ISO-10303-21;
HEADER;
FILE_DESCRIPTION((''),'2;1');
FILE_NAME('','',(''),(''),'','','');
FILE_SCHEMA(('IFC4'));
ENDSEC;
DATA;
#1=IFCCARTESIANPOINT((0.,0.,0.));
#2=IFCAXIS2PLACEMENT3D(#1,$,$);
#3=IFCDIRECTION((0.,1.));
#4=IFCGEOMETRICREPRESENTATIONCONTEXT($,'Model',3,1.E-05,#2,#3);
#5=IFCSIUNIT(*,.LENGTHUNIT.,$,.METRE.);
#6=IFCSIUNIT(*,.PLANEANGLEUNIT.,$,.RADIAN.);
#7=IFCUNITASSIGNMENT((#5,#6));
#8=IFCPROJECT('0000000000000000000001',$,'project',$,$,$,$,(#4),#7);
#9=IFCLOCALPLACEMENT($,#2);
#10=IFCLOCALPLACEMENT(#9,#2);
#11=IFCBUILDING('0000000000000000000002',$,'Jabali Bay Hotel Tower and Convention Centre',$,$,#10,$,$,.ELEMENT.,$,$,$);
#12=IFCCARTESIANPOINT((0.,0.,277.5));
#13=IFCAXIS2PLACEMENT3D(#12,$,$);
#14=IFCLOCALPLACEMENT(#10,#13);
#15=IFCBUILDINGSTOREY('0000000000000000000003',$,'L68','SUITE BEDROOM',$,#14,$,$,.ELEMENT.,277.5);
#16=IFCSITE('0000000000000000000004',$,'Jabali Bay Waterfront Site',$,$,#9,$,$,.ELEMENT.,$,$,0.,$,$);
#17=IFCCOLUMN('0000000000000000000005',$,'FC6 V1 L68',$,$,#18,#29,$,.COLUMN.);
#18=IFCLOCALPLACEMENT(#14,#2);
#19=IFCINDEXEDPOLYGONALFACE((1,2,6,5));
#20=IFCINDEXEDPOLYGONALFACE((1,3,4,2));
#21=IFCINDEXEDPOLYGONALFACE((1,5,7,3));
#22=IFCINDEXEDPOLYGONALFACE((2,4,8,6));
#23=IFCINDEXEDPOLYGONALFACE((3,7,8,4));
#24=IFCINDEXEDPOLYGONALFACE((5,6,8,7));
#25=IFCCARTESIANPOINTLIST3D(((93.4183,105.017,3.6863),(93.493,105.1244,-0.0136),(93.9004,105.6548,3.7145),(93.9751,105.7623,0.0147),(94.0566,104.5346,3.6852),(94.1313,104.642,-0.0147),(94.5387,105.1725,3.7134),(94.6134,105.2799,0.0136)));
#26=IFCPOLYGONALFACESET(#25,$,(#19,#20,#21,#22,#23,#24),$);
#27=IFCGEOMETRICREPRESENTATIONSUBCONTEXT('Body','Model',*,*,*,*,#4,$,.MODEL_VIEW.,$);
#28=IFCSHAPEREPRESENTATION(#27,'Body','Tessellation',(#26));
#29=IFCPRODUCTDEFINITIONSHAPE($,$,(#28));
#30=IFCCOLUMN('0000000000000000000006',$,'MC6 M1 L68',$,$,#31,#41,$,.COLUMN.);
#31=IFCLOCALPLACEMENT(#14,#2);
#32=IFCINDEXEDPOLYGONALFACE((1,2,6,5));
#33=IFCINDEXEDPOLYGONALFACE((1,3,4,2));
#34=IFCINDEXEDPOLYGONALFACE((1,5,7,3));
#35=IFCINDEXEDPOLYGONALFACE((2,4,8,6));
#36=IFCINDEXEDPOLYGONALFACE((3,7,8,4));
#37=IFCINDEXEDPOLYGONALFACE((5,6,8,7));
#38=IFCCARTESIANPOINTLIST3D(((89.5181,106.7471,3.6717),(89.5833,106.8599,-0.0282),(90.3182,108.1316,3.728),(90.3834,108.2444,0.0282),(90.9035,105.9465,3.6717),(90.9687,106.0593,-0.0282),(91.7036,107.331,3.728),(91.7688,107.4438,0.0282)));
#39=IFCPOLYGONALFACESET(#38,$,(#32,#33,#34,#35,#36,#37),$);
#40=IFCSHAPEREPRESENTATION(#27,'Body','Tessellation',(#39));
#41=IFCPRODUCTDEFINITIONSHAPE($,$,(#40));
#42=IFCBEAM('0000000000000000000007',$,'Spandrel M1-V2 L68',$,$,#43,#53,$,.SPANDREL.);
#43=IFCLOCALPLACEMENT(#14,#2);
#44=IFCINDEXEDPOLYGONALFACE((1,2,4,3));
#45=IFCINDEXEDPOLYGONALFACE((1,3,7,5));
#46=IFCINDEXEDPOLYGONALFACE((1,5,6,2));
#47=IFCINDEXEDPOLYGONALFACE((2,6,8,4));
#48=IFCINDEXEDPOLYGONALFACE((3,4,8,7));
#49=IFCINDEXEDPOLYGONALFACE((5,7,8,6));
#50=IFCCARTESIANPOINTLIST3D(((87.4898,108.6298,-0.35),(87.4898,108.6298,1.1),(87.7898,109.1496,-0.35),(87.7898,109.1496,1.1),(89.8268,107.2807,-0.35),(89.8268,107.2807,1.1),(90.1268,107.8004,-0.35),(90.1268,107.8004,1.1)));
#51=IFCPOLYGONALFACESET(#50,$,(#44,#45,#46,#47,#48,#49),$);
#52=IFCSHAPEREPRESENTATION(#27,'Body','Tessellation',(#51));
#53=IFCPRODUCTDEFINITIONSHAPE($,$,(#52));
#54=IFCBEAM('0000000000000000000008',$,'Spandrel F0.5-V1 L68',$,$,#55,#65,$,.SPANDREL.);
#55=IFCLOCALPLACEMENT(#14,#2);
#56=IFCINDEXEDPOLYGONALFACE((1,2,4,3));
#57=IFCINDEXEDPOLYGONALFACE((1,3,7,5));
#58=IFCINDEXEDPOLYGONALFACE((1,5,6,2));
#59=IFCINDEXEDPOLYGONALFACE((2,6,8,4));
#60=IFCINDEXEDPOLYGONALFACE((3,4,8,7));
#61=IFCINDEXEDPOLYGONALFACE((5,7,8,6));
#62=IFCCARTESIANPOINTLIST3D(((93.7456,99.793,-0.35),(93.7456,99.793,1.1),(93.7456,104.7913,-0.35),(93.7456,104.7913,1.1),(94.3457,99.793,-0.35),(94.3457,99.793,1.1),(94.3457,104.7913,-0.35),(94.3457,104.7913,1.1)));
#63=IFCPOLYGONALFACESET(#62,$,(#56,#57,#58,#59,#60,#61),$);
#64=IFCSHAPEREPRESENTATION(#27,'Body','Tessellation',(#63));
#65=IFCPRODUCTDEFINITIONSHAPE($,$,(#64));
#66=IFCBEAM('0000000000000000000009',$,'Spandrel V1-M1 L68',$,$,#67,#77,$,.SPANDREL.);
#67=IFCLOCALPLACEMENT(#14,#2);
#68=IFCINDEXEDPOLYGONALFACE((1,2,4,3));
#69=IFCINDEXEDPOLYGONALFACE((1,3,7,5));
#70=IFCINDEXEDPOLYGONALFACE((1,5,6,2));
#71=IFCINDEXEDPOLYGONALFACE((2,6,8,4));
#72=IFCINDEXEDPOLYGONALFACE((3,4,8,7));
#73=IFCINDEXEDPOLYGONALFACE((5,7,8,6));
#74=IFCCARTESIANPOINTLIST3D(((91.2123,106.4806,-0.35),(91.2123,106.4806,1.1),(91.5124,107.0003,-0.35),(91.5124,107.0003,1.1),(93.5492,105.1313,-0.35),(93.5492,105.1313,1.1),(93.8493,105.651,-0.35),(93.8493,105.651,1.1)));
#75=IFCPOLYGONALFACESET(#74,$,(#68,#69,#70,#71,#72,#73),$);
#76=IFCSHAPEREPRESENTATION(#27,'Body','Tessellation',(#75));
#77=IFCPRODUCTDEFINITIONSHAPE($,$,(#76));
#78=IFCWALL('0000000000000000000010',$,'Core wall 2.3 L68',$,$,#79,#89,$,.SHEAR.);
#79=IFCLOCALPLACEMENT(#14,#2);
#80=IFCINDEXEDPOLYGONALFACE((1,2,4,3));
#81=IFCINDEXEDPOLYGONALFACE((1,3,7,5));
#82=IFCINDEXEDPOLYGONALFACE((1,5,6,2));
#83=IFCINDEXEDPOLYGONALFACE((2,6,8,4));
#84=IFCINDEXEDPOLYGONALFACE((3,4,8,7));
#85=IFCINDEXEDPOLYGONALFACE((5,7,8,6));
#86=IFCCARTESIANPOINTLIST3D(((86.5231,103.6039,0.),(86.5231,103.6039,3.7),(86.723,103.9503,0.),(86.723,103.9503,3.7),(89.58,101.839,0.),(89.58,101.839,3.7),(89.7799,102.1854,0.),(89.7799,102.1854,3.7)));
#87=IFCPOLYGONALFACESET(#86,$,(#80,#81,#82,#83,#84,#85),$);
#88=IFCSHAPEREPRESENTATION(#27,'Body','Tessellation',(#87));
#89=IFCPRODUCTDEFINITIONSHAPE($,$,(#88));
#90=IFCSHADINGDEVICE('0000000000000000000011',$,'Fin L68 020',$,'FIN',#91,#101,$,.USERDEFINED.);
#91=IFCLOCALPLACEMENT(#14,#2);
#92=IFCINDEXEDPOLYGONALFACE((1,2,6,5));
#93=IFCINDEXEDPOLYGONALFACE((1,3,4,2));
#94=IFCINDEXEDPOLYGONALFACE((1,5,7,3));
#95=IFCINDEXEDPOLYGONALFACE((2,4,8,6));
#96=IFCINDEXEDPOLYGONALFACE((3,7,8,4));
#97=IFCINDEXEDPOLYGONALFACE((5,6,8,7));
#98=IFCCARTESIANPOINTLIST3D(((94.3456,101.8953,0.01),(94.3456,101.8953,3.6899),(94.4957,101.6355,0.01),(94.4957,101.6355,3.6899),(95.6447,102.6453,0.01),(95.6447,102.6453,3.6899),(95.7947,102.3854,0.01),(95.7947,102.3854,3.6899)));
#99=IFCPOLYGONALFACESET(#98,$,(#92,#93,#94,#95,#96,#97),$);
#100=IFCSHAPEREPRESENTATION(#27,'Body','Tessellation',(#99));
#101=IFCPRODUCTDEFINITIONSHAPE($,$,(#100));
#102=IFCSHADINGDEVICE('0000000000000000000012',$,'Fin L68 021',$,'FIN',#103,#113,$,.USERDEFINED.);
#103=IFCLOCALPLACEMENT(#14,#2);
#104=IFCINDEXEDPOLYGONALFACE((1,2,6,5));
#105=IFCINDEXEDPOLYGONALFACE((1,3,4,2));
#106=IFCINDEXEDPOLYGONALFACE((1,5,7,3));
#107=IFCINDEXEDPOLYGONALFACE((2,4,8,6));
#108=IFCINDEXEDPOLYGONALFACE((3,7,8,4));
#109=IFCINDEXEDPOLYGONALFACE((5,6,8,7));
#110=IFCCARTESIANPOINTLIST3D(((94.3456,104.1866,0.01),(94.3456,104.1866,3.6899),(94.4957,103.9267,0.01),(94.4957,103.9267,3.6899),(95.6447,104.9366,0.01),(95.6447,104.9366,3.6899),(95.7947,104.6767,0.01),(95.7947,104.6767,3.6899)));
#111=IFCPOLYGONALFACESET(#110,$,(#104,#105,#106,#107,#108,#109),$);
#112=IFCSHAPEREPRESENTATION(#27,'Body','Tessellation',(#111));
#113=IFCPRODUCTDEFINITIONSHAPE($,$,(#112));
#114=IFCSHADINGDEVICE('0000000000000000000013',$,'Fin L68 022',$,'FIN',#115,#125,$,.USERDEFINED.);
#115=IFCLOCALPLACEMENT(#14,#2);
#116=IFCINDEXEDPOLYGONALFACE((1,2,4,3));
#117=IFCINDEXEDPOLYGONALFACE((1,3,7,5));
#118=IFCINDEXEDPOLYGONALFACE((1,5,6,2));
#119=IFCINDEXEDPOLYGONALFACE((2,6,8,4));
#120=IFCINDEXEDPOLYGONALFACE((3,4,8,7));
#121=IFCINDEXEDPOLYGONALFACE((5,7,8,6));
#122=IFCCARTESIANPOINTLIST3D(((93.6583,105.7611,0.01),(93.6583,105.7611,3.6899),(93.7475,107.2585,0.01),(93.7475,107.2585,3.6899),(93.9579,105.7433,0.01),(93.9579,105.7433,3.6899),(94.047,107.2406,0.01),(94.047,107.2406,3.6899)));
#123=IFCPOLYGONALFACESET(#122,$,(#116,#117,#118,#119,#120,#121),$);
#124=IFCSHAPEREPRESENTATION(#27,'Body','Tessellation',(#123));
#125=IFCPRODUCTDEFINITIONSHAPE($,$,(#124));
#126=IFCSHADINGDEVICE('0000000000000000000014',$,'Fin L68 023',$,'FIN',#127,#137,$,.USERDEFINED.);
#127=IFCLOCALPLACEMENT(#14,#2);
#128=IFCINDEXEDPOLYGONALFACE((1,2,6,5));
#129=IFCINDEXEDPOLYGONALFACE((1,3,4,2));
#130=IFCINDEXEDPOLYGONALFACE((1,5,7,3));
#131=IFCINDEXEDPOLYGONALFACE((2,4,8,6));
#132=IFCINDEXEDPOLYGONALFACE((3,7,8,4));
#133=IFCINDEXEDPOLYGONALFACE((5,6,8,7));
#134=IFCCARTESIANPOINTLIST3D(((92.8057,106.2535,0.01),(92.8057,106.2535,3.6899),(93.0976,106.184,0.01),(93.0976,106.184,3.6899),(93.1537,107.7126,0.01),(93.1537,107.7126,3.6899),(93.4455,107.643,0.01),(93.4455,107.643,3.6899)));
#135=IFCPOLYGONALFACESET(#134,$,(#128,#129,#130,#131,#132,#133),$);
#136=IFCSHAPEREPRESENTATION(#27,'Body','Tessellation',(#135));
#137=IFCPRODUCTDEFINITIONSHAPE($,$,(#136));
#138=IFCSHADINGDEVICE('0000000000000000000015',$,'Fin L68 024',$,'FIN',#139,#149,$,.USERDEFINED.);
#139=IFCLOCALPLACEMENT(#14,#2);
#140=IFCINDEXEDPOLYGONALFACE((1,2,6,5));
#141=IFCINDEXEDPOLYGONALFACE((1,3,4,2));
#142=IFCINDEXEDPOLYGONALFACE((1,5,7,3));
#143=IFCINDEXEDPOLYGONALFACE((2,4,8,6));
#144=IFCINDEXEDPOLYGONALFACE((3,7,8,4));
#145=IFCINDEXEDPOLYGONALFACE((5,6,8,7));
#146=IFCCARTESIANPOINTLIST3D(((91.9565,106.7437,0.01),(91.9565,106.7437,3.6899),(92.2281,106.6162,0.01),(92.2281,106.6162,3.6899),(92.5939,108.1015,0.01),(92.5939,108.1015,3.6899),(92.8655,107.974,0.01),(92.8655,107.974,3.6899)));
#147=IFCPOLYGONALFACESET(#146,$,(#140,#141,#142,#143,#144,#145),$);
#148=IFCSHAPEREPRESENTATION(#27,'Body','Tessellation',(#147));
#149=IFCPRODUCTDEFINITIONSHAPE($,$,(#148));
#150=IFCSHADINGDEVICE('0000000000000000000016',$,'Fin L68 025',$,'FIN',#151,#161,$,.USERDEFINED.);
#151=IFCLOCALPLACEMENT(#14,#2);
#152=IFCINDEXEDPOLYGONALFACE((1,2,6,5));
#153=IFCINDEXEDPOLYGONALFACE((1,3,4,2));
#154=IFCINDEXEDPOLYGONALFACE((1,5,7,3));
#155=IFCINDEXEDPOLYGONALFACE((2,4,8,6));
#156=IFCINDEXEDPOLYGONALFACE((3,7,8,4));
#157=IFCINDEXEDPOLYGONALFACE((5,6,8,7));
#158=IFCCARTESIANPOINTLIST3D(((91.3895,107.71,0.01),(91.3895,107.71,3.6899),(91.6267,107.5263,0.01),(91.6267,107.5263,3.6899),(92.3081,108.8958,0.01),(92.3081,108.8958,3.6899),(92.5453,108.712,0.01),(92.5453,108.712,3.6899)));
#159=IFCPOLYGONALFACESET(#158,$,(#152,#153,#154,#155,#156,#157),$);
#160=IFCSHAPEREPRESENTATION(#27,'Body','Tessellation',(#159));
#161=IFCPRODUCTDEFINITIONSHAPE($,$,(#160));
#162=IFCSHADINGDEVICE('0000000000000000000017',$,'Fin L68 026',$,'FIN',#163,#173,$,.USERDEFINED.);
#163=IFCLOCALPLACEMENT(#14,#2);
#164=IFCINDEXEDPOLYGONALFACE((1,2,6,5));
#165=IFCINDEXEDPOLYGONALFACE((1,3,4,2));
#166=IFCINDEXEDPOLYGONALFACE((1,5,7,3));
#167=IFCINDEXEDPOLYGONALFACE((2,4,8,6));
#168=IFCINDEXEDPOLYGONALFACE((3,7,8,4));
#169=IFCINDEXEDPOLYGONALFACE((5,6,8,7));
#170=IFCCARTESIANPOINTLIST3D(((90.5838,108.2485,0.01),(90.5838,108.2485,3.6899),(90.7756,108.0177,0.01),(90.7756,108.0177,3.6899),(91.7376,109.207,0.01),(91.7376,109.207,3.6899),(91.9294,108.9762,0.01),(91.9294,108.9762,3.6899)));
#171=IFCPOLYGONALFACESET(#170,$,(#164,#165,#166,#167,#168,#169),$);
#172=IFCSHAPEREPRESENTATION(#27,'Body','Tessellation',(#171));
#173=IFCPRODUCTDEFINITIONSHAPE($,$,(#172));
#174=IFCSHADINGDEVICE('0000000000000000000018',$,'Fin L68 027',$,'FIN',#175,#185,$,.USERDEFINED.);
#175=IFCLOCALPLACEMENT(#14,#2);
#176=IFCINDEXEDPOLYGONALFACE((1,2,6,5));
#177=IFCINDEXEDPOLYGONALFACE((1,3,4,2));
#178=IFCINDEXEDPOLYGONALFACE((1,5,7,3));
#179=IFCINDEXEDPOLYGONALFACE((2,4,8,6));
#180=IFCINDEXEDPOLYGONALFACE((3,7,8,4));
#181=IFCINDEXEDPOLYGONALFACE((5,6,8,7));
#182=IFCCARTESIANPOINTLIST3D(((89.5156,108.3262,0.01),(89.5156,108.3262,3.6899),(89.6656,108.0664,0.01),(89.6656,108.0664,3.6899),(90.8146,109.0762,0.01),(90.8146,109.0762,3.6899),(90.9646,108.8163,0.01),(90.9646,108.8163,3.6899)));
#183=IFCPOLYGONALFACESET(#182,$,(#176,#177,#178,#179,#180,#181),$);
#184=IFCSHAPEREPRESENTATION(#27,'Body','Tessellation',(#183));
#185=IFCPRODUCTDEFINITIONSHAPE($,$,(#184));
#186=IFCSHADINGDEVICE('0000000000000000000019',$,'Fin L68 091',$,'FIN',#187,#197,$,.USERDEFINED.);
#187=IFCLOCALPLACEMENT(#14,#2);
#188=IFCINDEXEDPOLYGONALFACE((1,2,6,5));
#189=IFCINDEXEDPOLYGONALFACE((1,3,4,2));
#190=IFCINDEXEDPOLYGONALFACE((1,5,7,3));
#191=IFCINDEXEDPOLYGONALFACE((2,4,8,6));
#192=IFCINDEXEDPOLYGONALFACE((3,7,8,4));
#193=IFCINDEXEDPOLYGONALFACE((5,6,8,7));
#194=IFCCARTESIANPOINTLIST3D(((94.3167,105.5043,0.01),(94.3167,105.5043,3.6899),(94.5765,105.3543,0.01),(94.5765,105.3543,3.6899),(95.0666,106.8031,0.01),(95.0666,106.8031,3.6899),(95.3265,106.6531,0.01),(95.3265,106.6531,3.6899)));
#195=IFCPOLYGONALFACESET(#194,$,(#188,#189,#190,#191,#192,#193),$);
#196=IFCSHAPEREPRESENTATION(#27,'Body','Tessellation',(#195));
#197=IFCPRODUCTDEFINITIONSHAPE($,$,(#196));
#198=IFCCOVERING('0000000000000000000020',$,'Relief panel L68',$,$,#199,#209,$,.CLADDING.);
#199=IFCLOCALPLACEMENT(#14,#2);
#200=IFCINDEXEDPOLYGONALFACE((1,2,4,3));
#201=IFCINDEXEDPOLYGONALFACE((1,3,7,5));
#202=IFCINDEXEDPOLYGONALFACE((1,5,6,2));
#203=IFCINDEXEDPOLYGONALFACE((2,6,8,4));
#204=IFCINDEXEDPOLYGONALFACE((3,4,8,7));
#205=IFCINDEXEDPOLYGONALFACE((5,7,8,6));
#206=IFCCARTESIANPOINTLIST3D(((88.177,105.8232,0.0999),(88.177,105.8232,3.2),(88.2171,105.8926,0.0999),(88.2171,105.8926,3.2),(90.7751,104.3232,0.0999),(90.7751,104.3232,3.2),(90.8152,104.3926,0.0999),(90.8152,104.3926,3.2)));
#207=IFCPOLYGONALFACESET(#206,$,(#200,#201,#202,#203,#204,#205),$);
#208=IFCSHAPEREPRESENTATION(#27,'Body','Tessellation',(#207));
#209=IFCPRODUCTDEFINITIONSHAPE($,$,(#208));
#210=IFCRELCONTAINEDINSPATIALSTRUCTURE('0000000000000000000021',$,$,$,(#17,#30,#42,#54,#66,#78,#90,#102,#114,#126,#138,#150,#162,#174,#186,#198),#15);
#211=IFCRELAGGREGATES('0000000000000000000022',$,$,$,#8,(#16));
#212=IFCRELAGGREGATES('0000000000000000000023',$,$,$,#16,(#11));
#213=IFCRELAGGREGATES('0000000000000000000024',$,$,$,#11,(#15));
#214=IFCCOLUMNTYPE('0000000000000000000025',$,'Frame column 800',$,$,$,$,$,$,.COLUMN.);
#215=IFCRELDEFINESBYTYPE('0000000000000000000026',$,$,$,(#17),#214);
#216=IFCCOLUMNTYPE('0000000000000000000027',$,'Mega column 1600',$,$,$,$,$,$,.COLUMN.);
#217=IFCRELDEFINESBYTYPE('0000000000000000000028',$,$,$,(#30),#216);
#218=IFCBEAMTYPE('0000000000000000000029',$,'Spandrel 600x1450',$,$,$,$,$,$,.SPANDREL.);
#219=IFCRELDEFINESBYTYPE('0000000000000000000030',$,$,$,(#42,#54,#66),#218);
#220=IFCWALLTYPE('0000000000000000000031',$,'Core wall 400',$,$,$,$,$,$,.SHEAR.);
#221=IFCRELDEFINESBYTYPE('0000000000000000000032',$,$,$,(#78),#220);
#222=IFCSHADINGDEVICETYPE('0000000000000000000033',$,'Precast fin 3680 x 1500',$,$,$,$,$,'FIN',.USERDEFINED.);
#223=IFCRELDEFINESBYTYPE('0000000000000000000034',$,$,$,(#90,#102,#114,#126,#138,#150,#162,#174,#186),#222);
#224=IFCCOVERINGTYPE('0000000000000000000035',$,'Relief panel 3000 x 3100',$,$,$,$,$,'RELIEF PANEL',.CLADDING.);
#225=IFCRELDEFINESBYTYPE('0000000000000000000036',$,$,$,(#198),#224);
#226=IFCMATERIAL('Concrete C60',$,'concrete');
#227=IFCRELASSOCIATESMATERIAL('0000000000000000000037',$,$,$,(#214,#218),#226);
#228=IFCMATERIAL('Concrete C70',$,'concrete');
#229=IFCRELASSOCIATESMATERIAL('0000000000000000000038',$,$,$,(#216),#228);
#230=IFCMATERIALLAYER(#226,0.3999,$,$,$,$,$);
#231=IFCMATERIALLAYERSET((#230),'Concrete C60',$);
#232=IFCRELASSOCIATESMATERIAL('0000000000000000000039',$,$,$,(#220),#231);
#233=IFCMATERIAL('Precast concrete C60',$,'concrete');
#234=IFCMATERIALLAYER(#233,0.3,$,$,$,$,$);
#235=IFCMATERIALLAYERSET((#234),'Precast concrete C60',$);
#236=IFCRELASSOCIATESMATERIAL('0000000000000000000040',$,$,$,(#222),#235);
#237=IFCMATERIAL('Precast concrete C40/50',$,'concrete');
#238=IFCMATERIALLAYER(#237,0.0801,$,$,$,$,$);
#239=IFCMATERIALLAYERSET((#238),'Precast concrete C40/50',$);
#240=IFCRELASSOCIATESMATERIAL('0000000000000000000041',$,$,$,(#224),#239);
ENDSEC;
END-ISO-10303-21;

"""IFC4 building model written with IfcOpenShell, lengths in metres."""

from ifc_helpers import new_model, si_unit, direction, frame, frame_2d, origin, origin_2d, place, context, subcontext, project, spatial, rectangle, extrude, material, layer, layer_set, material_profile, profile_set, type_object, element, save


model = new_model("IFC4")

# Units and contexts
model_context = context("Model", 3, precision=1e-05, world=origin(), true_north=direction((0.0, 1.0)))
body_context = subcontext(model_context, "Body", "Model", "MODEL_VIEW")
ifc_project = project(units=[si_unit("LENGTHUNIT", "METRE"), si_unit("PLANEANGLEUNIT", "RADIAN")], contexts=[model_context])

# Site, building, storey
site_placement = place(None, origin())
site = spatial("IfcSite", under=ifc_project, at=site_placement, Name="Jabali Bay Waterfront Site", CompositionType="ELEMENT", RefElevation=0.0)
building_placement = place(site_placement, origin())
building = spatial("IfcBuilding", under=site, at=building_placement, Name="Jabali Bay Hotel Tower and Convention Centre", CompositionType="ELEMENT")
storey_placement = place(building_placement, frame((0.0, 0.0, 277.5)))
storey = spatial("IfcBuildingStorey", under=building, at=storey_placement, Name="L68", Description="SUITE BEDROOM", CompositionType="ELEMENT", Elevation=277.5)

# Columns
ifc_material_1 = material(Name="Concrete C60", Category="concrete")
ifc_material_profile_1 = material_profile(ifc_material_1, rectangle(XDim=0.8, YDim=0.8, at=origin_2d()), Name="Frame column 800")
ifc_profile_set_1 = profile_set([ifc_material_profile_1], Name="Concrete C60")
column_type_1 = type_object("IfcColumnType", Name="Frame column 800", PredefinedType="COLUMN", material=ifc_profile_set_1)
column_1_placement = place(storey_placement, frame((94.0532, 105.2021, 0.0), z_axis=(-0.020179, -0.029015, 0.999375), x_axis=(0.60258, 0.797277, 0.035314)))
element("IfcColumn", 1, at=column_1_placement, inside=storey, type_object=column_type_1, Name="FC6 V1 L68", PredefinedType="COLUMN", context=body_context, shape_type="SweptSolid", body=[
    extrude(rectangle(XDim=0.8, YDim=0.8, at=origin_2d()), origin(), (0.0, 0.0, 1.0), 3.7021),
])
ifc_material_2 = material(Name="Concrete C70", Category="concrete")
ifc_material_profile_2 = material_profile(ifc_material_2, rectangle(XDim=1.6001, YDim=1.6001, at=origin_2d()), Name="Mega column 1600")
ifc_profile_set_2 = profile_set([ifc_material_profile_2], Name="Concrete C70")
column_type_2 = type_object("IfcColumnType", Name="Mega column 1600", PredefinedType="COLUMN", material=ifc_profile_set_2)
column_2_placement = place(storey_placement, frame((90.676, 107.1519, 0.0), z_axis=(-0.017607, -0.030466, 0.999381), x_axis=(0.865814, -0.500365, 0.0)))
element("IfcColumn", 2, at=column_2_placement, inside=storey, type_object=column_type_2, Name="MC6 M1 L68", PredefinedType="COLUMN", context=body_context, shape_type="SweptSolid", body=[
    extrude(rectangle(XDim=1.6001, YDim=1.6001, at=origin_2d()), origin(), (0.0, 0.0, 1.0), 3.7021),
])

# Beams
ifc_material_profile_3 = material_profile(ifc_material_1, rectangle(XDim=0.6001, YDim=1.45, at=origin_2d()), Name="Spandrel 600x1450")
ifc_profile_set_3 = profile_set([ifc_material_profile_3], Name="Concrete C60")
beam_type = type_object("IfcBeamType", Name="Spandrel 600x1450", PredefinedType="SPANDREL", material=ifc_profile_set_3)
beam_1_placement = place(storey_placement, frame((89.9768, 107.5405, 0.375), z_axis=(-0.866041, 0.499973, 0.0), x_axis=(-0.499973, -0.866041, 0.0)))
element("IfcBeam", 3, at=beam_1_placement, inside=storey, type_object=beam_type, Name="Spandrel M1-V2 L68", PredefinedType="SPANDREL", context=body_context, shape_type="SweptSolid", body=[
    extrude(rectangle(XDim=0.6001, YDim=1.45, at=origin_2d()), origin(), (0.0, 0.0, 1.0), 2.6985),
])
beam_2_placement = place(storey_placement, frame((94.0457, 99.793, 0.375), z_axis=(0.0, 1.0, 0.0), x_axis=(-1.0, 0.0, 0.0)))
element("IfcBeam", 4, at=beam_2_placement, inside=storey, type_object=beam_type, Name="Spandrel F0.5-V1 L68", PredefinedType="SPANDREL", context=body_context, shape_type="SweptSolid", body=[
    extrude(rectangle(XDim=0.6001, YDim=1.45, at=origin_2d()), origin(), (0.0, 0.0, 1.0), 4.9983),
])
beam_3_placement = place(storey_placement, frame((93.6992, 105.3911, 0.375), z_axis=(-0.866002, 0.500041, 0.0), x_axis=(-0.500041, -0.866002, 0.0)))
element("IfcBeam", 5, at=beam_3_placement, inside=storey, type_object=beam_type, Name="Spandrel V1-M1 L68", PredefinedType="SPANDREL", context=body_context, shape_type="SweptSolid", body=[
    extrude(rectangle(XDim=0.6001, YDim=1.45, at=origin_2d()), origin(), (0.0, 0.0, 1.0), 2.6985),
])

# Wall
ifc_layer_1 = layer(ifc_material_1, 0.3999)
ifc_layer_set_1 = layer_set([ifc_layer_1], Name="Concrete C60")
wall_type_1 = type_object("IfcWallType", Name="Core wall 400", PredefinedType="SHEAR", material=ifc_layer_set_1)
wall_1_placement = place(storey_placement, frame((89.6799, 102.0122, 0.0), z_axis=(0.0, 0.0, 1.0), x_axis=(-0.866025, 0.5, 0.0)))
element("IfcWall", 6, at=wall_1_placement, inside=storey, type_object=wall_type_1, Name="Core wall 2.3 L68", PredefinedType="SHEAR", context=body_context, shape_type="SweptSolid", body=[
    extrude(rectangle(XDim=3.5298, YDim=0.3999, at=frame_2d((1.7649, 0.0))), origin(), (0.0, 0.0, 1.0), 3.7),
])

# Shading devices
ifc_material_3 = material(Name="Precast concrete C60", Category="concrete")
ifc_layer_2 = layer(ifc_material_3, 0.3)
ifc_layer_set_2 = layer_set([ifc_layer_2], Name="Precast concrete C60")
shading_device_type = type_object("IfcShadingDeviceType", Name="Precast fin 3680 x 1500", ElementType="FIN", PredefinedType="USERDEFINED", material=ifc_layer_set_2)
for number, where, z_axis, x_axis, name in (
    (7, (94.4207, 101.7654, 0.01), (0.0, 0.0, 1.0), (0.866031, 0.49999, 0.0), "Fin L68 020"),
    (8, (94.4207, 104.0566, 0.01), (0.0, 0.0, 1.0), (0.866031, 0.49999, 0.0), "Fin L68 021"),
    (9, (93.8081, 105.7522, 0.01), (0.0, 0.0, 1.0), (0.059409, 0.998234, 0.0), "Fin L68 022"),
    (10, (92.9517, 106.2188, 0.01), (0.0, 0.0, 1.0), (0.231951, 0.972728, 0.0), "Fin L68 023"),
    (11, (92.0923, 106.6799, 0.01), (0.0, 0.0, 1.0), (0.424943, 0.90522, 0.0), "Fin L68 024"),
    (12, (91.5081, 107.6182, 0.01), (0.0, 0.0, 1.0), (0.612452, 0.790508, 0.0), "Fin L68 025"),
    (13, (90.6797, 108.1331, 0.01), (0.0, 0.0, 1.0), (0.769208, 0.638999, 0.0), "Fin L68 026"),
    (14, (89.5906, 108.1963, 0.01), (0.0, 0.0, 1.0), (0.866031, 0.49999, 0.0), "Fin L68 027"),
):
    element("IfcShadingDevice", number, at=place(storey_placement, frame(where, z_axis=z_axis, x_axis=x_axis)), inside=storey, type_object=shading_device_type, Name=name, ObjectType="FIN", PredefinedType="USERDEFINED", context=body_context, shape_type="SweptSolid", body=[
        extrude(rectangle(XDim=1.5, YDim=0.3, at=frame_2d((0.75, 0.0))), origin(), (0.0, 0.0, 1.0), 3.6799),
    ])
shading_device_placement = place(storey_placement, frame((94.4465, 105.4292, 0.01), z_axis=(0.0, 0.0, 1.0), x_axis=(0.500061, 0.86599, 0.0)))
element("IfcShadingDevice", 15, at=shading_device_placement, inside=storey, type_object=shading_device_type, Name="Fin L68 091", ObjectType="FIN", PredefinedType="USERDEFINED", context=body_context, shape_type="SweptSolid", body=[
    extrude(rectangle(XDim=1.4998, YDim=0.3, at=frame_2d((0.75, 0.0))), origin(), (0.0, 0.0, 1.0), 3.6799),
])

# Covering
ifc_material_4 = material(Name="Precast concrete C40/50", Category="concrete")
ifc_layer_3 = layer(ifc_material_4, 0.0801)
ifc_layer_set_3 = layer_set([ifc_layer_3], Name="Precast concrete C40/50")
covering_type = type_object("IfcCoveringType", Name="Relief panel 3000 x 3100", ElementType="RELIEF PANEL", PredefinedType="CLADDING", material=ifc_layer_set_3)
covering_placement = place(storey_placement, frame((89.4961, 105.1079, 0.0999), z_axis=(0.0, 0.0, 1.0), x_axis=(0.866025, -0.5, 0.0)))
element("IfcCovering", 16, at=covering_placement, inside=storey, type_object=covering_type, Name="Relief panel L68", PredefinedType="CLADDING", context=body_context, shape_type="SweptSolid", body=[
    extrude(rectangle(XDim=3.0, YDim=0.0801, at=origin_2d()), origin(), (0.0, 0.0, 1.0), 3.1001),
])

save(model, "model.ifc")
